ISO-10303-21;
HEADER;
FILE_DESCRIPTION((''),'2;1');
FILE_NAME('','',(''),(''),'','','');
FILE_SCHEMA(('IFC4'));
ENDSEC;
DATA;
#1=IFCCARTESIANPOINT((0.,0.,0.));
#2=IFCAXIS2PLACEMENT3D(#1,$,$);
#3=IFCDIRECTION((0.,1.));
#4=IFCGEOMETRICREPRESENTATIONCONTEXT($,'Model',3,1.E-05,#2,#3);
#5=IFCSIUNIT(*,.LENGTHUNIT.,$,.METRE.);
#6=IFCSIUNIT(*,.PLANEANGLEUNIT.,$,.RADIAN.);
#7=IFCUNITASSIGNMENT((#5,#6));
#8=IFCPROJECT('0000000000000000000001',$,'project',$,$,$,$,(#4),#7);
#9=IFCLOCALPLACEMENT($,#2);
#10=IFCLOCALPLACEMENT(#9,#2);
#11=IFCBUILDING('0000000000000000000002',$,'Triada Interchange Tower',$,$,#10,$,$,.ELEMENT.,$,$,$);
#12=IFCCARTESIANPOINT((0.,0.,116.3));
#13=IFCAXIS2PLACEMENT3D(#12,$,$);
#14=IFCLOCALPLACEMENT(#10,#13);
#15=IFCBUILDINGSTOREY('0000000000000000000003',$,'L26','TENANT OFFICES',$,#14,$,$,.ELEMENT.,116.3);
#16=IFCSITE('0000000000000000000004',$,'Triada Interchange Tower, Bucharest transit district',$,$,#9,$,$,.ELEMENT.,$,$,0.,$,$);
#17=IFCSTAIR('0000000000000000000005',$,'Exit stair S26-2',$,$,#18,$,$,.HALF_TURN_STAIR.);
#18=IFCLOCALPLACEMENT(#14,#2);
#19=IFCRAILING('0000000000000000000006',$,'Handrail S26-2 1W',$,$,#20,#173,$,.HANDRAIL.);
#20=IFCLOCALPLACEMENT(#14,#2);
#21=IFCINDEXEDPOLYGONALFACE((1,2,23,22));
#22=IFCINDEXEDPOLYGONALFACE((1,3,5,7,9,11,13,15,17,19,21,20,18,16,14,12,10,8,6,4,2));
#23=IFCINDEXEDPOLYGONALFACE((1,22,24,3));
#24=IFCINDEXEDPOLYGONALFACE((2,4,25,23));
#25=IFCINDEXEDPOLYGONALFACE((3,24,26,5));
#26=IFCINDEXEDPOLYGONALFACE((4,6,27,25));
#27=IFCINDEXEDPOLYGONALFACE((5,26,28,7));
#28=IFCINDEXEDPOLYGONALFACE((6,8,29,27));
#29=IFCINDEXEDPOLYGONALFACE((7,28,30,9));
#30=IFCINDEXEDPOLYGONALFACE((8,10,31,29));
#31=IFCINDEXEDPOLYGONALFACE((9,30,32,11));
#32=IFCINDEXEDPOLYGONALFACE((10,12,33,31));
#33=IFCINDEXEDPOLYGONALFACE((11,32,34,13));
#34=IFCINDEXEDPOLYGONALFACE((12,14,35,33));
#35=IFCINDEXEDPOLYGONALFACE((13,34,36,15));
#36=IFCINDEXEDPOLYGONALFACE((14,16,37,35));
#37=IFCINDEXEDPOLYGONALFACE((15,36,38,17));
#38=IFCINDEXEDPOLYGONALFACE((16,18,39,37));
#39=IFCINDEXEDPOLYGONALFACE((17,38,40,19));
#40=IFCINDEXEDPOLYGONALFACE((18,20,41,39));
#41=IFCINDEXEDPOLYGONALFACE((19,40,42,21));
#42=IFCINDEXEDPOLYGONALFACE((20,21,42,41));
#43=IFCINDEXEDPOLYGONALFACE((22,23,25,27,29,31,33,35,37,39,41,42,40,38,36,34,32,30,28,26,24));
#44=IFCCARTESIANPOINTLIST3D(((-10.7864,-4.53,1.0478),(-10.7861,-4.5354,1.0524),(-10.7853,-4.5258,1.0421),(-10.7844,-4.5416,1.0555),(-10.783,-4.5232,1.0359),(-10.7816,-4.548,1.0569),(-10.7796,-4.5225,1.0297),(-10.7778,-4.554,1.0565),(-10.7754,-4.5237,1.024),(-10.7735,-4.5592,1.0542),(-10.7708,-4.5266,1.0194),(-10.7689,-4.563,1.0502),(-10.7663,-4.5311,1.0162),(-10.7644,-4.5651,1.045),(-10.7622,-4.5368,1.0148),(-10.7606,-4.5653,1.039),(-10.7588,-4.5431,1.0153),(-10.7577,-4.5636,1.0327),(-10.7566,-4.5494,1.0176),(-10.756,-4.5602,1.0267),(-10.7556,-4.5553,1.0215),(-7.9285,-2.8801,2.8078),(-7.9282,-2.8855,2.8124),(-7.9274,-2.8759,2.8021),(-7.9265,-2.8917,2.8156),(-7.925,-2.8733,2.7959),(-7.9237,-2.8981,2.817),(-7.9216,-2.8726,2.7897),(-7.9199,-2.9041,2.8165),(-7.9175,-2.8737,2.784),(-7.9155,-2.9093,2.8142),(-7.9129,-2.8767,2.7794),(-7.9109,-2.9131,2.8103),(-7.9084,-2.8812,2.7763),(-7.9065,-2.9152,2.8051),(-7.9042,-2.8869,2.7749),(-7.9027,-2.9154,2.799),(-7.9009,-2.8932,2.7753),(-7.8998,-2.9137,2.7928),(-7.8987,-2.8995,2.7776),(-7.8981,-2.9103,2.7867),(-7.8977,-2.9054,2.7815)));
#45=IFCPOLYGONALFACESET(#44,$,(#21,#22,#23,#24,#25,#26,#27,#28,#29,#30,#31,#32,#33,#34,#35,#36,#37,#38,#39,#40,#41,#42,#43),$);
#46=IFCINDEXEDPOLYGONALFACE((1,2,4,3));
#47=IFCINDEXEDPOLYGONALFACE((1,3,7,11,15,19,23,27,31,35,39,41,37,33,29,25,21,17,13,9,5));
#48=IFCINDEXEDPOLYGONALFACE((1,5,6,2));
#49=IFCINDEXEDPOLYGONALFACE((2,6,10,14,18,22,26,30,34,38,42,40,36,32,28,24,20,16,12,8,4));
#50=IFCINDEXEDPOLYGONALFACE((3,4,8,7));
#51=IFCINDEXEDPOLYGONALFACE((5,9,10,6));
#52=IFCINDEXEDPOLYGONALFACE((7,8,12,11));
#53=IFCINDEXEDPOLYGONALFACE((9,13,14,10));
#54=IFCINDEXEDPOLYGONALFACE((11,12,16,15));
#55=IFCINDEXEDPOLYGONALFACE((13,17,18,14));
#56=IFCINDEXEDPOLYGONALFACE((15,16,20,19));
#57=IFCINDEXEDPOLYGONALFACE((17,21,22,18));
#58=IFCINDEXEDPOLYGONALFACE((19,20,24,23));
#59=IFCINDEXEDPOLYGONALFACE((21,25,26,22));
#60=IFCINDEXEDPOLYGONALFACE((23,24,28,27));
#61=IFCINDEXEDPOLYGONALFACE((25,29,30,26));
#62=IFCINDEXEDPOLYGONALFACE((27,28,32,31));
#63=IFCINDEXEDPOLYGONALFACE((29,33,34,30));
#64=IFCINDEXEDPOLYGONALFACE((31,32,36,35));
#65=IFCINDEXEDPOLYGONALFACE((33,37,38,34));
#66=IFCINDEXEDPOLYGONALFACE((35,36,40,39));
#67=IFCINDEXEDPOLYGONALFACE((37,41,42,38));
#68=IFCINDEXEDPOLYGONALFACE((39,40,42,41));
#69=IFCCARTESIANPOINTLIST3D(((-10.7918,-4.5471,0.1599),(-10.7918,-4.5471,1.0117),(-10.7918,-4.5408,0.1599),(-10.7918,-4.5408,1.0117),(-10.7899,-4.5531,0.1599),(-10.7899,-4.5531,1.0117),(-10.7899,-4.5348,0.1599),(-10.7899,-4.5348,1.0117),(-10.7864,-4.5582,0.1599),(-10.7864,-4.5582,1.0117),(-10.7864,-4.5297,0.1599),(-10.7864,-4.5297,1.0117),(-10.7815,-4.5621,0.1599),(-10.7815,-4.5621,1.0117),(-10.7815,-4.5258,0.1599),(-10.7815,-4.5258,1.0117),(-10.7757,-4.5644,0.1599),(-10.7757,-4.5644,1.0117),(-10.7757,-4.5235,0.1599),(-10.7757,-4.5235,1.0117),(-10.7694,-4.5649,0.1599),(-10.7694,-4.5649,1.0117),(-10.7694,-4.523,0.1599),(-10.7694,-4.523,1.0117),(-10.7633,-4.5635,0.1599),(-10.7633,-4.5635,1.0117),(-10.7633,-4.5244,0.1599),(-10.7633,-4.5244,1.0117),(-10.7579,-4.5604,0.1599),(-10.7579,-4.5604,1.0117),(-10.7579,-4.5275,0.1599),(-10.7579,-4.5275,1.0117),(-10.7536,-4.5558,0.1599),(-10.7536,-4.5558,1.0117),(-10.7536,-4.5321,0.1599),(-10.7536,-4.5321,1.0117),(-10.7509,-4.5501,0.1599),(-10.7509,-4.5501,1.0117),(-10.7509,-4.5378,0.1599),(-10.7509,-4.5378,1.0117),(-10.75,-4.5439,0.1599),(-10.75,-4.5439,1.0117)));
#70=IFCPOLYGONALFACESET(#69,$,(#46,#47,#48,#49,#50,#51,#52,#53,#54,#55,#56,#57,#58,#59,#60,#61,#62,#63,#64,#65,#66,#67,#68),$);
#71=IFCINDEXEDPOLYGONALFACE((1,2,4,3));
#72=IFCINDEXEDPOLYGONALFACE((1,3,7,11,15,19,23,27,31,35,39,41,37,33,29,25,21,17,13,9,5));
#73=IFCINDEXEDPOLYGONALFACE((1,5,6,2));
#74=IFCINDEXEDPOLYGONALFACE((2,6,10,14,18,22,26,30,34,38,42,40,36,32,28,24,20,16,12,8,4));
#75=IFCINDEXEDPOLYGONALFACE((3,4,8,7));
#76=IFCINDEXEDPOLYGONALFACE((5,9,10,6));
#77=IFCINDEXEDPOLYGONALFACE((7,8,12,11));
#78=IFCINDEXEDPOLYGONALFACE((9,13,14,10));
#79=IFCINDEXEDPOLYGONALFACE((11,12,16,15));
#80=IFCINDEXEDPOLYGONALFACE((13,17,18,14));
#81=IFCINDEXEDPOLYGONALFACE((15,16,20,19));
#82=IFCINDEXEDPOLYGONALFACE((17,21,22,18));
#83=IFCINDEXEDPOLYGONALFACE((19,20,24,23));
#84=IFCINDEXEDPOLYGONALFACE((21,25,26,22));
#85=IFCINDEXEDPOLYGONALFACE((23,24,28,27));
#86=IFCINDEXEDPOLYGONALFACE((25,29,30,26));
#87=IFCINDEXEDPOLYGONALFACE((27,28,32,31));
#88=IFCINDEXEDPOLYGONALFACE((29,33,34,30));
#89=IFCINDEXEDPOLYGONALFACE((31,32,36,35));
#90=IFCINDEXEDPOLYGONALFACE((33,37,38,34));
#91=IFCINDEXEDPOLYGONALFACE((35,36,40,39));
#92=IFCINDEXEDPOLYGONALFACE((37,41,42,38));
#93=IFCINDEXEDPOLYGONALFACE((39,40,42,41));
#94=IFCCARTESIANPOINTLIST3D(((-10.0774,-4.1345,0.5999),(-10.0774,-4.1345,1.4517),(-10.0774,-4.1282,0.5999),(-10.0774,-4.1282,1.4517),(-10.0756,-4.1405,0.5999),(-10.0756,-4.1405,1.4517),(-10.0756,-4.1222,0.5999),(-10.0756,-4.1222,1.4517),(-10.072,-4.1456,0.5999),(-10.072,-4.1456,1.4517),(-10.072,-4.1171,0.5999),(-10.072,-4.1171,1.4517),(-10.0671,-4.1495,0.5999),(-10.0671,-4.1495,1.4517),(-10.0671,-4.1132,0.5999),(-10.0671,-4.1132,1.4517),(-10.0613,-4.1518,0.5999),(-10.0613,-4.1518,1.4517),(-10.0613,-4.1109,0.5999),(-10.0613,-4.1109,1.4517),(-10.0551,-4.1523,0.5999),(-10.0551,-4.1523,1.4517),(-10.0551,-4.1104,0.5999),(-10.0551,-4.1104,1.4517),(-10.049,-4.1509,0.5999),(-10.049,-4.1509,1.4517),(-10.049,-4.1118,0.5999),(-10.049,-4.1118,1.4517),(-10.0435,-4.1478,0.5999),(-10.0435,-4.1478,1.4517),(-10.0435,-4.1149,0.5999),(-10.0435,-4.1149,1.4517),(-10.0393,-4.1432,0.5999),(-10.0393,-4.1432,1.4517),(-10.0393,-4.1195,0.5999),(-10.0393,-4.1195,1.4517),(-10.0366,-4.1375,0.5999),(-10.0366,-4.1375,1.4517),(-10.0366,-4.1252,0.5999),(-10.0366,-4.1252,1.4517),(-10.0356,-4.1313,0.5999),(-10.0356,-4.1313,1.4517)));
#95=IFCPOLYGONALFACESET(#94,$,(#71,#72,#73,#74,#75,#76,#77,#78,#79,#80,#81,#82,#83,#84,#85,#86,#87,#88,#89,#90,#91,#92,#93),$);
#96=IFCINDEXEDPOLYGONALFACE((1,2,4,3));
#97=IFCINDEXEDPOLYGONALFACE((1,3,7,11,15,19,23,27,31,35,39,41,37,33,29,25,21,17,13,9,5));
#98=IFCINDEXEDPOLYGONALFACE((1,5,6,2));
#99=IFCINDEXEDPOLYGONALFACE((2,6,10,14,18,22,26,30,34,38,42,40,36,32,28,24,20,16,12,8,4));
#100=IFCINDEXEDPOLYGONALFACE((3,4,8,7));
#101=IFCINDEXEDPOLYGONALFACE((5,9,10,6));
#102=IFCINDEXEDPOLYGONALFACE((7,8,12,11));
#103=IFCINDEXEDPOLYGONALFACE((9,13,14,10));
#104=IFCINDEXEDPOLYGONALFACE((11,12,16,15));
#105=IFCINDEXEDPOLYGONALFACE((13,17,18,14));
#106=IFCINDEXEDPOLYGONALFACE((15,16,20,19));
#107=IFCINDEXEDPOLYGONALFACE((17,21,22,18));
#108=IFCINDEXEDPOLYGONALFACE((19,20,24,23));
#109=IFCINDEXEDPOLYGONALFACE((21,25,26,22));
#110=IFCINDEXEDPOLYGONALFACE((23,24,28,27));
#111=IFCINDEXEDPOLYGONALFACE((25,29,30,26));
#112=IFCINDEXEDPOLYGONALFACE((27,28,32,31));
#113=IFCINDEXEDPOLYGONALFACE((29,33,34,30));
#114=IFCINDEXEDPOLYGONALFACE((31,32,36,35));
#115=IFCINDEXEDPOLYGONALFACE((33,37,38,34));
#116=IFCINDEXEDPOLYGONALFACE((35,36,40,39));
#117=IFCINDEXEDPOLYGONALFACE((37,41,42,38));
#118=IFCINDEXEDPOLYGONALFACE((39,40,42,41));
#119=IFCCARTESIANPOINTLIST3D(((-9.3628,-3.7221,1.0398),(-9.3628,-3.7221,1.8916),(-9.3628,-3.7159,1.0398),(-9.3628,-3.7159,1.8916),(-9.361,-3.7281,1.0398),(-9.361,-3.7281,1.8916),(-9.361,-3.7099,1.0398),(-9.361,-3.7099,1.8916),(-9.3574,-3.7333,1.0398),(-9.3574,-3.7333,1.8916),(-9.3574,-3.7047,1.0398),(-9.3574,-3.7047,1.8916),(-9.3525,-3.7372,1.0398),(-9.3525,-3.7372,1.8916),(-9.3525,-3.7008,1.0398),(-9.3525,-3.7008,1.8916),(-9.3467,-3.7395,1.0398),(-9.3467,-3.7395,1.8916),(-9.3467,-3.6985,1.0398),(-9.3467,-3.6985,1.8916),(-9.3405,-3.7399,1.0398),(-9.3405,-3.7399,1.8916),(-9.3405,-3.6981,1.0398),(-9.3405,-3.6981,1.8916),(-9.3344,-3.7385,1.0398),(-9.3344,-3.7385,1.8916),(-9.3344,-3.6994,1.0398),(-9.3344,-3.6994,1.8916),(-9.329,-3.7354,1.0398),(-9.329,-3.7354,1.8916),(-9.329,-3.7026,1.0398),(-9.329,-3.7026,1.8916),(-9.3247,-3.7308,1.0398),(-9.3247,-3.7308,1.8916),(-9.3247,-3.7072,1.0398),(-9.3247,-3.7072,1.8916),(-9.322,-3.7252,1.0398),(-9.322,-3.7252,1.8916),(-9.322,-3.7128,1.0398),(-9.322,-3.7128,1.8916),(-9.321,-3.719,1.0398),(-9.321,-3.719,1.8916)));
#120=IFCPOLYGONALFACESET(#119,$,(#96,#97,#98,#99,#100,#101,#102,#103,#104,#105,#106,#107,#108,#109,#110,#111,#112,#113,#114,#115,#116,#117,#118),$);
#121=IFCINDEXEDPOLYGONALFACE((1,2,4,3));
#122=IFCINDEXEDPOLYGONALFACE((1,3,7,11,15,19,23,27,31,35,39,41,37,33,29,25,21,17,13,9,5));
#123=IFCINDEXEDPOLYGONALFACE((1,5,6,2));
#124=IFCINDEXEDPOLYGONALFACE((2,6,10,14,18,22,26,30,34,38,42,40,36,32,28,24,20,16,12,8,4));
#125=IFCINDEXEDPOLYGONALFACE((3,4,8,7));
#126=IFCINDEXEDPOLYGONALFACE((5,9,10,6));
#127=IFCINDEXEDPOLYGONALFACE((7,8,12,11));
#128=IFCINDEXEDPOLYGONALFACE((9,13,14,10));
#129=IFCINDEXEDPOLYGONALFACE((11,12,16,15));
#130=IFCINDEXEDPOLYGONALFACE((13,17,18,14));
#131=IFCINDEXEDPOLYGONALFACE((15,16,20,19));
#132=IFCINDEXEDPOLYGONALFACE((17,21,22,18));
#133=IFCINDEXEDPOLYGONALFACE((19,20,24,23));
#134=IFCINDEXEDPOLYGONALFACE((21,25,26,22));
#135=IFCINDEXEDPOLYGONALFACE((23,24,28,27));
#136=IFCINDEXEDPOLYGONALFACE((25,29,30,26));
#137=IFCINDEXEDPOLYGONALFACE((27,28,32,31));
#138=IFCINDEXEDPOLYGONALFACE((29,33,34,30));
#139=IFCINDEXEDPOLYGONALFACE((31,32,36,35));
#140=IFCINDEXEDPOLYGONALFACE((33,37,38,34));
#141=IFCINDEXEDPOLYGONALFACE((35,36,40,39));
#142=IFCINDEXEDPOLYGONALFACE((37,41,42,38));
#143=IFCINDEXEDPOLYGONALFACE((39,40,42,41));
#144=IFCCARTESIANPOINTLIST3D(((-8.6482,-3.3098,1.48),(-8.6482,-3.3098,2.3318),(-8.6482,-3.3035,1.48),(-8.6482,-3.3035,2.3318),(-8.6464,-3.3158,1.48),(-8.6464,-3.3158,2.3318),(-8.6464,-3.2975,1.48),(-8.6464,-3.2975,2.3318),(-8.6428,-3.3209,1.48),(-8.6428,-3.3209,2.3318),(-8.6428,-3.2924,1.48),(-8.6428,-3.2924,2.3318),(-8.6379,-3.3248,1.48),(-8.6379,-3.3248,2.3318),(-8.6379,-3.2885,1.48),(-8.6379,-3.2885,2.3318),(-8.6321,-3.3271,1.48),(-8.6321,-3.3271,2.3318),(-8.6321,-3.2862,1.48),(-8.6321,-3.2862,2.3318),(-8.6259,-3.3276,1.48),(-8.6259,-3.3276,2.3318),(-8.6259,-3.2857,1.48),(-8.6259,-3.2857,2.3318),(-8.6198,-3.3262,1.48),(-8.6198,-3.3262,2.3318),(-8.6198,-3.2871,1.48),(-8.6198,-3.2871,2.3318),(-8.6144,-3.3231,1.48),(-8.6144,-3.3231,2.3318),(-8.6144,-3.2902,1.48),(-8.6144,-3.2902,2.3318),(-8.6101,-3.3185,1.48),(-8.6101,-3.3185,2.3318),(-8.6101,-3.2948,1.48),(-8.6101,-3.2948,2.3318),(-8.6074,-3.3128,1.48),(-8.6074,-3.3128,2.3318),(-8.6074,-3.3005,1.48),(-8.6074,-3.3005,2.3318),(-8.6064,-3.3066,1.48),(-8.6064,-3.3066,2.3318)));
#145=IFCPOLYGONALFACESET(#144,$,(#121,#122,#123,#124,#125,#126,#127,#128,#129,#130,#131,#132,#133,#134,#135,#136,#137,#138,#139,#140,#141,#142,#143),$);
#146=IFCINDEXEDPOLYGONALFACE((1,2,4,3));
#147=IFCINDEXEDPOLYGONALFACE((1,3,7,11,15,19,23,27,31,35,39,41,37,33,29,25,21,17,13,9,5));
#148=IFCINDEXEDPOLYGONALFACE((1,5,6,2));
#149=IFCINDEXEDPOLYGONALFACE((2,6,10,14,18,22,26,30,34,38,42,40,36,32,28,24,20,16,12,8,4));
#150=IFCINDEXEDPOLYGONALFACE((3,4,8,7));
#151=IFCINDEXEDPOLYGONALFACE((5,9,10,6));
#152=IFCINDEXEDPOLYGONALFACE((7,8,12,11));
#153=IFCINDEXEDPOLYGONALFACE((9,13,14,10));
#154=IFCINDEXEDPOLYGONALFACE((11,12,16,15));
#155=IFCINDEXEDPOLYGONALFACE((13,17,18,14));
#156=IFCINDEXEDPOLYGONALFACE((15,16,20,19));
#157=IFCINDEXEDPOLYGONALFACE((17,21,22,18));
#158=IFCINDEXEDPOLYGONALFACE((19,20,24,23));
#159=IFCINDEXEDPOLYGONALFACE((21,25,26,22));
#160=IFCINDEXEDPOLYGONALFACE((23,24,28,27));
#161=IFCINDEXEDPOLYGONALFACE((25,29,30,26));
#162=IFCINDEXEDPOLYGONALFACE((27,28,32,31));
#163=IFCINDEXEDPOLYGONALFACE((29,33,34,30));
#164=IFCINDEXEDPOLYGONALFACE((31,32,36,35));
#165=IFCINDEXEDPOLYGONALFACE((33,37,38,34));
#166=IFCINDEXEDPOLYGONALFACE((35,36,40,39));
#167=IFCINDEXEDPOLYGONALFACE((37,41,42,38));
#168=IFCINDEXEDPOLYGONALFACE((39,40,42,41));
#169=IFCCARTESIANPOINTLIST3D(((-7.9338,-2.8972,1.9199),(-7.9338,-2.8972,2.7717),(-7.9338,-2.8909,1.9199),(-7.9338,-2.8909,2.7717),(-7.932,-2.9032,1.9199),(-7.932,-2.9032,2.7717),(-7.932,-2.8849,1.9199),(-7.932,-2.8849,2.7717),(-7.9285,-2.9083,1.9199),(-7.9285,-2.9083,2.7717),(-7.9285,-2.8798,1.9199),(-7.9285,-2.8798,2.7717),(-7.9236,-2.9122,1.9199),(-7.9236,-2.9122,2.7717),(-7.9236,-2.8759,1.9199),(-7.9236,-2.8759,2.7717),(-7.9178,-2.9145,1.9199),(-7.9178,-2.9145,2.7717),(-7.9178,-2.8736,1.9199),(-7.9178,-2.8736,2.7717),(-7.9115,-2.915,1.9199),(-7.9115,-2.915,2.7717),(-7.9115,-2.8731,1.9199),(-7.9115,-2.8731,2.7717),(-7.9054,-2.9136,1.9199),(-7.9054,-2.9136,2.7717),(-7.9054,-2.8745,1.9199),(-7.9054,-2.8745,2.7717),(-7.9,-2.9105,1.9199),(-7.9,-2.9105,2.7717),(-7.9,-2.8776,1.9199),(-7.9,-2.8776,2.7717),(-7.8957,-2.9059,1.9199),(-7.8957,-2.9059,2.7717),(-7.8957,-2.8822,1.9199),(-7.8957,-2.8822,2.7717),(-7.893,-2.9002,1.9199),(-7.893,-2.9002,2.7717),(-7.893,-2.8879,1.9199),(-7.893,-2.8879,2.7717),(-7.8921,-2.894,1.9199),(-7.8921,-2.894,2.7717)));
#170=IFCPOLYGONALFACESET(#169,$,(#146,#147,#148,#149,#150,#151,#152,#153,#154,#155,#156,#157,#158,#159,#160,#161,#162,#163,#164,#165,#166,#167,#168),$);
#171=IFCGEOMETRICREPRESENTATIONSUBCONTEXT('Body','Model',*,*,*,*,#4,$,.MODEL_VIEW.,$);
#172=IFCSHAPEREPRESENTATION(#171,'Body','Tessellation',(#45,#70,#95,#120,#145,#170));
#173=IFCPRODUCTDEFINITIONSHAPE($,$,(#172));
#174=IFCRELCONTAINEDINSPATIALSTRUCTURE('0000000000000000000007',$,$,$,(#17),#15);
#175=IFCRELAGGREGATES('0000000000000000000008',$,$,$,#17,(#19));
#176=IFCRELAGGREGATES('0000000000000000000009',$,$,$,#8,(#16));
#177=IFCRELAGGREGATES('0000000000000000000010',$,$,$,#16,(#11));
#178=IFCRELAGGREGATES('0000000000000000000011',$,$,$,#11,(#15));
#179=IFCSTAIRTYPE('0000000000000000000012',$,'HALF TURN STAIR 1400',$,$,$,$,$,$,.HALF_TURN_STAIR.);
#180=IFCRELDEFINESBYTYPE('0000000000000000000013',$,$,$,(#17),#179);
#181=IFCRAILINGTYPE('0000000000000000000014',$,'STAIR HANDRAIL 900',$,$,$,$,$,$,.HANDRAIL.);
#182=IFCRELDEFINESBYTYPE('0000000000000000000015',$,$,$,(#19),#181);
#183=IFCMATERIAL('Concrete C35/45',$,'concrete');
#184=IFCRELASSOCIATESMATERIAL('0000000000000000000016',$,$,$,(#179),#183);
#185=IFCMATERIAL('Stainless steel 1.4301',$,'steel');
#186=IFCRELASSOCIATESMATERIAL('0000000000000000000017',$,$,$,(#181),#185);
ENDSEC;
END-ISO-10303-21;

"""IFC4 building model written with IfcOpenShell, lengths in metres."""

from ifc_helpers import new_model, si_unit, direction, frame, origin, origin_2d, place, context, subcontext, project, spatial, circle, extrude, material, type_object, element, aggregate, save


model = new_model("IFC4")

# Units and contexts
model_context = context("Model", 3, precision=1e-05, world=origin(), true_north=direction((0.0, 1.0)))
body_context = subcontext(model_context, "Body", "Model", "MODEL_VIEW")
ifc_project = project(units=[si_unit("LENGTHUNIT", "METRE"), si_unit("PLANEANGLEUNIT", "RADIAN")], contexts=[model_context])

# Site, building, storey
site_placement = place(None, origin())
site = spatial("IfcSite", under=ifc_project, at=site_placement, Name="Triada Interchange Tower, Bucharest transit district", CompositionType="ELEMENT", RefElevation=0.0)
building_placement = place(site_placement, origin())
building = spatial("IfcBuilding", under=site, at=building_placement, Name="Triada Interchange Tower", CompositionType="ELEMENT")
storey_placement = place(building_placement, frame((0.0, 0.0, 116.3)))
storey = spatial("IfcBuildingStorey", under=building, at=storey_placement, Name="L26", Description="TENANT OFFICES", CompositionType="ELEMENT", Elevation=116.3)

# Stair, railing
ifc_material_1 = material(Name="Concrete C35/45", Category="concrete")
stair_type = type_object("IfcStairType", Name="HALF TURN STAIR 1400", PredefinedType="HALF_TURN_STAIR", material=ifc_material_1)
stair_placement = place(storey_placement, origin())
stair = element("IfcStair", 1, at=stair_placement, inside=storey, type_object=stair_type, Name="Exit stair S26-2", PredefinedType="HALF_TURN_STAIR")
ifc_material_2 = material(Name="Stainless steel 1.4301", Category="steel")
railing_type = type_object("IfcRailingType", Name="STAIR HANDRAIL 900", PredefinedType="HANDRAIL", material=ifc_material_2)
railing_1_placement = place(storey_placement, frame((-10.771, -4.5439, 0.1599)))
railing_1 = element("IfcRailing", 2, at=railing_1_placement, type_object=railing_type, Name="Handrail S26-2 1W", PredefinedType="HANDRAIL", context=body_context, shape_type="SweptSolid", body=[
    extrude(circle(Radius=0.0239, at=origin_2d()), frame((0.0, 0.0, 0.876), z_axis=(0.764151, 0.441153, 0.470593), x_axis=(-0.499974, 0.86604, 0.0)), (0.0, 0.0, 1.0), 3.74),
    extrude(circle(Radius=0.021, at=origin_2d()), origin(), (0.0, 0.0, 1.0), 0.8518),
    extrude(circle(Radius=0.021, at=origin_2d()), frame((0.7144, 0.4126, 0.4399)), (0.0, 0.0, 1.0), 0.8518),
    extrude(circle(Radius=0.021, at=origin_2d()), frame((1.429, 0.825, 0.8799)), (0.0, 0.0, 1.0), 0.8518),
    extrude(circle(Radius=0.021, at=origin_2d()), frame((2.1436, 1.2373, 1.3201)), (0.0, 0.0, 1.0), 0.8518),
    extrude(circle(Radius=0.021, at=origin_2d()), frame((2.8579, 1.6499, 1.76)), (0.0, 0.0, 1.0), 0.8518),
])
aggregate(stair, [railing_1])

save(model, "model.ifc")
